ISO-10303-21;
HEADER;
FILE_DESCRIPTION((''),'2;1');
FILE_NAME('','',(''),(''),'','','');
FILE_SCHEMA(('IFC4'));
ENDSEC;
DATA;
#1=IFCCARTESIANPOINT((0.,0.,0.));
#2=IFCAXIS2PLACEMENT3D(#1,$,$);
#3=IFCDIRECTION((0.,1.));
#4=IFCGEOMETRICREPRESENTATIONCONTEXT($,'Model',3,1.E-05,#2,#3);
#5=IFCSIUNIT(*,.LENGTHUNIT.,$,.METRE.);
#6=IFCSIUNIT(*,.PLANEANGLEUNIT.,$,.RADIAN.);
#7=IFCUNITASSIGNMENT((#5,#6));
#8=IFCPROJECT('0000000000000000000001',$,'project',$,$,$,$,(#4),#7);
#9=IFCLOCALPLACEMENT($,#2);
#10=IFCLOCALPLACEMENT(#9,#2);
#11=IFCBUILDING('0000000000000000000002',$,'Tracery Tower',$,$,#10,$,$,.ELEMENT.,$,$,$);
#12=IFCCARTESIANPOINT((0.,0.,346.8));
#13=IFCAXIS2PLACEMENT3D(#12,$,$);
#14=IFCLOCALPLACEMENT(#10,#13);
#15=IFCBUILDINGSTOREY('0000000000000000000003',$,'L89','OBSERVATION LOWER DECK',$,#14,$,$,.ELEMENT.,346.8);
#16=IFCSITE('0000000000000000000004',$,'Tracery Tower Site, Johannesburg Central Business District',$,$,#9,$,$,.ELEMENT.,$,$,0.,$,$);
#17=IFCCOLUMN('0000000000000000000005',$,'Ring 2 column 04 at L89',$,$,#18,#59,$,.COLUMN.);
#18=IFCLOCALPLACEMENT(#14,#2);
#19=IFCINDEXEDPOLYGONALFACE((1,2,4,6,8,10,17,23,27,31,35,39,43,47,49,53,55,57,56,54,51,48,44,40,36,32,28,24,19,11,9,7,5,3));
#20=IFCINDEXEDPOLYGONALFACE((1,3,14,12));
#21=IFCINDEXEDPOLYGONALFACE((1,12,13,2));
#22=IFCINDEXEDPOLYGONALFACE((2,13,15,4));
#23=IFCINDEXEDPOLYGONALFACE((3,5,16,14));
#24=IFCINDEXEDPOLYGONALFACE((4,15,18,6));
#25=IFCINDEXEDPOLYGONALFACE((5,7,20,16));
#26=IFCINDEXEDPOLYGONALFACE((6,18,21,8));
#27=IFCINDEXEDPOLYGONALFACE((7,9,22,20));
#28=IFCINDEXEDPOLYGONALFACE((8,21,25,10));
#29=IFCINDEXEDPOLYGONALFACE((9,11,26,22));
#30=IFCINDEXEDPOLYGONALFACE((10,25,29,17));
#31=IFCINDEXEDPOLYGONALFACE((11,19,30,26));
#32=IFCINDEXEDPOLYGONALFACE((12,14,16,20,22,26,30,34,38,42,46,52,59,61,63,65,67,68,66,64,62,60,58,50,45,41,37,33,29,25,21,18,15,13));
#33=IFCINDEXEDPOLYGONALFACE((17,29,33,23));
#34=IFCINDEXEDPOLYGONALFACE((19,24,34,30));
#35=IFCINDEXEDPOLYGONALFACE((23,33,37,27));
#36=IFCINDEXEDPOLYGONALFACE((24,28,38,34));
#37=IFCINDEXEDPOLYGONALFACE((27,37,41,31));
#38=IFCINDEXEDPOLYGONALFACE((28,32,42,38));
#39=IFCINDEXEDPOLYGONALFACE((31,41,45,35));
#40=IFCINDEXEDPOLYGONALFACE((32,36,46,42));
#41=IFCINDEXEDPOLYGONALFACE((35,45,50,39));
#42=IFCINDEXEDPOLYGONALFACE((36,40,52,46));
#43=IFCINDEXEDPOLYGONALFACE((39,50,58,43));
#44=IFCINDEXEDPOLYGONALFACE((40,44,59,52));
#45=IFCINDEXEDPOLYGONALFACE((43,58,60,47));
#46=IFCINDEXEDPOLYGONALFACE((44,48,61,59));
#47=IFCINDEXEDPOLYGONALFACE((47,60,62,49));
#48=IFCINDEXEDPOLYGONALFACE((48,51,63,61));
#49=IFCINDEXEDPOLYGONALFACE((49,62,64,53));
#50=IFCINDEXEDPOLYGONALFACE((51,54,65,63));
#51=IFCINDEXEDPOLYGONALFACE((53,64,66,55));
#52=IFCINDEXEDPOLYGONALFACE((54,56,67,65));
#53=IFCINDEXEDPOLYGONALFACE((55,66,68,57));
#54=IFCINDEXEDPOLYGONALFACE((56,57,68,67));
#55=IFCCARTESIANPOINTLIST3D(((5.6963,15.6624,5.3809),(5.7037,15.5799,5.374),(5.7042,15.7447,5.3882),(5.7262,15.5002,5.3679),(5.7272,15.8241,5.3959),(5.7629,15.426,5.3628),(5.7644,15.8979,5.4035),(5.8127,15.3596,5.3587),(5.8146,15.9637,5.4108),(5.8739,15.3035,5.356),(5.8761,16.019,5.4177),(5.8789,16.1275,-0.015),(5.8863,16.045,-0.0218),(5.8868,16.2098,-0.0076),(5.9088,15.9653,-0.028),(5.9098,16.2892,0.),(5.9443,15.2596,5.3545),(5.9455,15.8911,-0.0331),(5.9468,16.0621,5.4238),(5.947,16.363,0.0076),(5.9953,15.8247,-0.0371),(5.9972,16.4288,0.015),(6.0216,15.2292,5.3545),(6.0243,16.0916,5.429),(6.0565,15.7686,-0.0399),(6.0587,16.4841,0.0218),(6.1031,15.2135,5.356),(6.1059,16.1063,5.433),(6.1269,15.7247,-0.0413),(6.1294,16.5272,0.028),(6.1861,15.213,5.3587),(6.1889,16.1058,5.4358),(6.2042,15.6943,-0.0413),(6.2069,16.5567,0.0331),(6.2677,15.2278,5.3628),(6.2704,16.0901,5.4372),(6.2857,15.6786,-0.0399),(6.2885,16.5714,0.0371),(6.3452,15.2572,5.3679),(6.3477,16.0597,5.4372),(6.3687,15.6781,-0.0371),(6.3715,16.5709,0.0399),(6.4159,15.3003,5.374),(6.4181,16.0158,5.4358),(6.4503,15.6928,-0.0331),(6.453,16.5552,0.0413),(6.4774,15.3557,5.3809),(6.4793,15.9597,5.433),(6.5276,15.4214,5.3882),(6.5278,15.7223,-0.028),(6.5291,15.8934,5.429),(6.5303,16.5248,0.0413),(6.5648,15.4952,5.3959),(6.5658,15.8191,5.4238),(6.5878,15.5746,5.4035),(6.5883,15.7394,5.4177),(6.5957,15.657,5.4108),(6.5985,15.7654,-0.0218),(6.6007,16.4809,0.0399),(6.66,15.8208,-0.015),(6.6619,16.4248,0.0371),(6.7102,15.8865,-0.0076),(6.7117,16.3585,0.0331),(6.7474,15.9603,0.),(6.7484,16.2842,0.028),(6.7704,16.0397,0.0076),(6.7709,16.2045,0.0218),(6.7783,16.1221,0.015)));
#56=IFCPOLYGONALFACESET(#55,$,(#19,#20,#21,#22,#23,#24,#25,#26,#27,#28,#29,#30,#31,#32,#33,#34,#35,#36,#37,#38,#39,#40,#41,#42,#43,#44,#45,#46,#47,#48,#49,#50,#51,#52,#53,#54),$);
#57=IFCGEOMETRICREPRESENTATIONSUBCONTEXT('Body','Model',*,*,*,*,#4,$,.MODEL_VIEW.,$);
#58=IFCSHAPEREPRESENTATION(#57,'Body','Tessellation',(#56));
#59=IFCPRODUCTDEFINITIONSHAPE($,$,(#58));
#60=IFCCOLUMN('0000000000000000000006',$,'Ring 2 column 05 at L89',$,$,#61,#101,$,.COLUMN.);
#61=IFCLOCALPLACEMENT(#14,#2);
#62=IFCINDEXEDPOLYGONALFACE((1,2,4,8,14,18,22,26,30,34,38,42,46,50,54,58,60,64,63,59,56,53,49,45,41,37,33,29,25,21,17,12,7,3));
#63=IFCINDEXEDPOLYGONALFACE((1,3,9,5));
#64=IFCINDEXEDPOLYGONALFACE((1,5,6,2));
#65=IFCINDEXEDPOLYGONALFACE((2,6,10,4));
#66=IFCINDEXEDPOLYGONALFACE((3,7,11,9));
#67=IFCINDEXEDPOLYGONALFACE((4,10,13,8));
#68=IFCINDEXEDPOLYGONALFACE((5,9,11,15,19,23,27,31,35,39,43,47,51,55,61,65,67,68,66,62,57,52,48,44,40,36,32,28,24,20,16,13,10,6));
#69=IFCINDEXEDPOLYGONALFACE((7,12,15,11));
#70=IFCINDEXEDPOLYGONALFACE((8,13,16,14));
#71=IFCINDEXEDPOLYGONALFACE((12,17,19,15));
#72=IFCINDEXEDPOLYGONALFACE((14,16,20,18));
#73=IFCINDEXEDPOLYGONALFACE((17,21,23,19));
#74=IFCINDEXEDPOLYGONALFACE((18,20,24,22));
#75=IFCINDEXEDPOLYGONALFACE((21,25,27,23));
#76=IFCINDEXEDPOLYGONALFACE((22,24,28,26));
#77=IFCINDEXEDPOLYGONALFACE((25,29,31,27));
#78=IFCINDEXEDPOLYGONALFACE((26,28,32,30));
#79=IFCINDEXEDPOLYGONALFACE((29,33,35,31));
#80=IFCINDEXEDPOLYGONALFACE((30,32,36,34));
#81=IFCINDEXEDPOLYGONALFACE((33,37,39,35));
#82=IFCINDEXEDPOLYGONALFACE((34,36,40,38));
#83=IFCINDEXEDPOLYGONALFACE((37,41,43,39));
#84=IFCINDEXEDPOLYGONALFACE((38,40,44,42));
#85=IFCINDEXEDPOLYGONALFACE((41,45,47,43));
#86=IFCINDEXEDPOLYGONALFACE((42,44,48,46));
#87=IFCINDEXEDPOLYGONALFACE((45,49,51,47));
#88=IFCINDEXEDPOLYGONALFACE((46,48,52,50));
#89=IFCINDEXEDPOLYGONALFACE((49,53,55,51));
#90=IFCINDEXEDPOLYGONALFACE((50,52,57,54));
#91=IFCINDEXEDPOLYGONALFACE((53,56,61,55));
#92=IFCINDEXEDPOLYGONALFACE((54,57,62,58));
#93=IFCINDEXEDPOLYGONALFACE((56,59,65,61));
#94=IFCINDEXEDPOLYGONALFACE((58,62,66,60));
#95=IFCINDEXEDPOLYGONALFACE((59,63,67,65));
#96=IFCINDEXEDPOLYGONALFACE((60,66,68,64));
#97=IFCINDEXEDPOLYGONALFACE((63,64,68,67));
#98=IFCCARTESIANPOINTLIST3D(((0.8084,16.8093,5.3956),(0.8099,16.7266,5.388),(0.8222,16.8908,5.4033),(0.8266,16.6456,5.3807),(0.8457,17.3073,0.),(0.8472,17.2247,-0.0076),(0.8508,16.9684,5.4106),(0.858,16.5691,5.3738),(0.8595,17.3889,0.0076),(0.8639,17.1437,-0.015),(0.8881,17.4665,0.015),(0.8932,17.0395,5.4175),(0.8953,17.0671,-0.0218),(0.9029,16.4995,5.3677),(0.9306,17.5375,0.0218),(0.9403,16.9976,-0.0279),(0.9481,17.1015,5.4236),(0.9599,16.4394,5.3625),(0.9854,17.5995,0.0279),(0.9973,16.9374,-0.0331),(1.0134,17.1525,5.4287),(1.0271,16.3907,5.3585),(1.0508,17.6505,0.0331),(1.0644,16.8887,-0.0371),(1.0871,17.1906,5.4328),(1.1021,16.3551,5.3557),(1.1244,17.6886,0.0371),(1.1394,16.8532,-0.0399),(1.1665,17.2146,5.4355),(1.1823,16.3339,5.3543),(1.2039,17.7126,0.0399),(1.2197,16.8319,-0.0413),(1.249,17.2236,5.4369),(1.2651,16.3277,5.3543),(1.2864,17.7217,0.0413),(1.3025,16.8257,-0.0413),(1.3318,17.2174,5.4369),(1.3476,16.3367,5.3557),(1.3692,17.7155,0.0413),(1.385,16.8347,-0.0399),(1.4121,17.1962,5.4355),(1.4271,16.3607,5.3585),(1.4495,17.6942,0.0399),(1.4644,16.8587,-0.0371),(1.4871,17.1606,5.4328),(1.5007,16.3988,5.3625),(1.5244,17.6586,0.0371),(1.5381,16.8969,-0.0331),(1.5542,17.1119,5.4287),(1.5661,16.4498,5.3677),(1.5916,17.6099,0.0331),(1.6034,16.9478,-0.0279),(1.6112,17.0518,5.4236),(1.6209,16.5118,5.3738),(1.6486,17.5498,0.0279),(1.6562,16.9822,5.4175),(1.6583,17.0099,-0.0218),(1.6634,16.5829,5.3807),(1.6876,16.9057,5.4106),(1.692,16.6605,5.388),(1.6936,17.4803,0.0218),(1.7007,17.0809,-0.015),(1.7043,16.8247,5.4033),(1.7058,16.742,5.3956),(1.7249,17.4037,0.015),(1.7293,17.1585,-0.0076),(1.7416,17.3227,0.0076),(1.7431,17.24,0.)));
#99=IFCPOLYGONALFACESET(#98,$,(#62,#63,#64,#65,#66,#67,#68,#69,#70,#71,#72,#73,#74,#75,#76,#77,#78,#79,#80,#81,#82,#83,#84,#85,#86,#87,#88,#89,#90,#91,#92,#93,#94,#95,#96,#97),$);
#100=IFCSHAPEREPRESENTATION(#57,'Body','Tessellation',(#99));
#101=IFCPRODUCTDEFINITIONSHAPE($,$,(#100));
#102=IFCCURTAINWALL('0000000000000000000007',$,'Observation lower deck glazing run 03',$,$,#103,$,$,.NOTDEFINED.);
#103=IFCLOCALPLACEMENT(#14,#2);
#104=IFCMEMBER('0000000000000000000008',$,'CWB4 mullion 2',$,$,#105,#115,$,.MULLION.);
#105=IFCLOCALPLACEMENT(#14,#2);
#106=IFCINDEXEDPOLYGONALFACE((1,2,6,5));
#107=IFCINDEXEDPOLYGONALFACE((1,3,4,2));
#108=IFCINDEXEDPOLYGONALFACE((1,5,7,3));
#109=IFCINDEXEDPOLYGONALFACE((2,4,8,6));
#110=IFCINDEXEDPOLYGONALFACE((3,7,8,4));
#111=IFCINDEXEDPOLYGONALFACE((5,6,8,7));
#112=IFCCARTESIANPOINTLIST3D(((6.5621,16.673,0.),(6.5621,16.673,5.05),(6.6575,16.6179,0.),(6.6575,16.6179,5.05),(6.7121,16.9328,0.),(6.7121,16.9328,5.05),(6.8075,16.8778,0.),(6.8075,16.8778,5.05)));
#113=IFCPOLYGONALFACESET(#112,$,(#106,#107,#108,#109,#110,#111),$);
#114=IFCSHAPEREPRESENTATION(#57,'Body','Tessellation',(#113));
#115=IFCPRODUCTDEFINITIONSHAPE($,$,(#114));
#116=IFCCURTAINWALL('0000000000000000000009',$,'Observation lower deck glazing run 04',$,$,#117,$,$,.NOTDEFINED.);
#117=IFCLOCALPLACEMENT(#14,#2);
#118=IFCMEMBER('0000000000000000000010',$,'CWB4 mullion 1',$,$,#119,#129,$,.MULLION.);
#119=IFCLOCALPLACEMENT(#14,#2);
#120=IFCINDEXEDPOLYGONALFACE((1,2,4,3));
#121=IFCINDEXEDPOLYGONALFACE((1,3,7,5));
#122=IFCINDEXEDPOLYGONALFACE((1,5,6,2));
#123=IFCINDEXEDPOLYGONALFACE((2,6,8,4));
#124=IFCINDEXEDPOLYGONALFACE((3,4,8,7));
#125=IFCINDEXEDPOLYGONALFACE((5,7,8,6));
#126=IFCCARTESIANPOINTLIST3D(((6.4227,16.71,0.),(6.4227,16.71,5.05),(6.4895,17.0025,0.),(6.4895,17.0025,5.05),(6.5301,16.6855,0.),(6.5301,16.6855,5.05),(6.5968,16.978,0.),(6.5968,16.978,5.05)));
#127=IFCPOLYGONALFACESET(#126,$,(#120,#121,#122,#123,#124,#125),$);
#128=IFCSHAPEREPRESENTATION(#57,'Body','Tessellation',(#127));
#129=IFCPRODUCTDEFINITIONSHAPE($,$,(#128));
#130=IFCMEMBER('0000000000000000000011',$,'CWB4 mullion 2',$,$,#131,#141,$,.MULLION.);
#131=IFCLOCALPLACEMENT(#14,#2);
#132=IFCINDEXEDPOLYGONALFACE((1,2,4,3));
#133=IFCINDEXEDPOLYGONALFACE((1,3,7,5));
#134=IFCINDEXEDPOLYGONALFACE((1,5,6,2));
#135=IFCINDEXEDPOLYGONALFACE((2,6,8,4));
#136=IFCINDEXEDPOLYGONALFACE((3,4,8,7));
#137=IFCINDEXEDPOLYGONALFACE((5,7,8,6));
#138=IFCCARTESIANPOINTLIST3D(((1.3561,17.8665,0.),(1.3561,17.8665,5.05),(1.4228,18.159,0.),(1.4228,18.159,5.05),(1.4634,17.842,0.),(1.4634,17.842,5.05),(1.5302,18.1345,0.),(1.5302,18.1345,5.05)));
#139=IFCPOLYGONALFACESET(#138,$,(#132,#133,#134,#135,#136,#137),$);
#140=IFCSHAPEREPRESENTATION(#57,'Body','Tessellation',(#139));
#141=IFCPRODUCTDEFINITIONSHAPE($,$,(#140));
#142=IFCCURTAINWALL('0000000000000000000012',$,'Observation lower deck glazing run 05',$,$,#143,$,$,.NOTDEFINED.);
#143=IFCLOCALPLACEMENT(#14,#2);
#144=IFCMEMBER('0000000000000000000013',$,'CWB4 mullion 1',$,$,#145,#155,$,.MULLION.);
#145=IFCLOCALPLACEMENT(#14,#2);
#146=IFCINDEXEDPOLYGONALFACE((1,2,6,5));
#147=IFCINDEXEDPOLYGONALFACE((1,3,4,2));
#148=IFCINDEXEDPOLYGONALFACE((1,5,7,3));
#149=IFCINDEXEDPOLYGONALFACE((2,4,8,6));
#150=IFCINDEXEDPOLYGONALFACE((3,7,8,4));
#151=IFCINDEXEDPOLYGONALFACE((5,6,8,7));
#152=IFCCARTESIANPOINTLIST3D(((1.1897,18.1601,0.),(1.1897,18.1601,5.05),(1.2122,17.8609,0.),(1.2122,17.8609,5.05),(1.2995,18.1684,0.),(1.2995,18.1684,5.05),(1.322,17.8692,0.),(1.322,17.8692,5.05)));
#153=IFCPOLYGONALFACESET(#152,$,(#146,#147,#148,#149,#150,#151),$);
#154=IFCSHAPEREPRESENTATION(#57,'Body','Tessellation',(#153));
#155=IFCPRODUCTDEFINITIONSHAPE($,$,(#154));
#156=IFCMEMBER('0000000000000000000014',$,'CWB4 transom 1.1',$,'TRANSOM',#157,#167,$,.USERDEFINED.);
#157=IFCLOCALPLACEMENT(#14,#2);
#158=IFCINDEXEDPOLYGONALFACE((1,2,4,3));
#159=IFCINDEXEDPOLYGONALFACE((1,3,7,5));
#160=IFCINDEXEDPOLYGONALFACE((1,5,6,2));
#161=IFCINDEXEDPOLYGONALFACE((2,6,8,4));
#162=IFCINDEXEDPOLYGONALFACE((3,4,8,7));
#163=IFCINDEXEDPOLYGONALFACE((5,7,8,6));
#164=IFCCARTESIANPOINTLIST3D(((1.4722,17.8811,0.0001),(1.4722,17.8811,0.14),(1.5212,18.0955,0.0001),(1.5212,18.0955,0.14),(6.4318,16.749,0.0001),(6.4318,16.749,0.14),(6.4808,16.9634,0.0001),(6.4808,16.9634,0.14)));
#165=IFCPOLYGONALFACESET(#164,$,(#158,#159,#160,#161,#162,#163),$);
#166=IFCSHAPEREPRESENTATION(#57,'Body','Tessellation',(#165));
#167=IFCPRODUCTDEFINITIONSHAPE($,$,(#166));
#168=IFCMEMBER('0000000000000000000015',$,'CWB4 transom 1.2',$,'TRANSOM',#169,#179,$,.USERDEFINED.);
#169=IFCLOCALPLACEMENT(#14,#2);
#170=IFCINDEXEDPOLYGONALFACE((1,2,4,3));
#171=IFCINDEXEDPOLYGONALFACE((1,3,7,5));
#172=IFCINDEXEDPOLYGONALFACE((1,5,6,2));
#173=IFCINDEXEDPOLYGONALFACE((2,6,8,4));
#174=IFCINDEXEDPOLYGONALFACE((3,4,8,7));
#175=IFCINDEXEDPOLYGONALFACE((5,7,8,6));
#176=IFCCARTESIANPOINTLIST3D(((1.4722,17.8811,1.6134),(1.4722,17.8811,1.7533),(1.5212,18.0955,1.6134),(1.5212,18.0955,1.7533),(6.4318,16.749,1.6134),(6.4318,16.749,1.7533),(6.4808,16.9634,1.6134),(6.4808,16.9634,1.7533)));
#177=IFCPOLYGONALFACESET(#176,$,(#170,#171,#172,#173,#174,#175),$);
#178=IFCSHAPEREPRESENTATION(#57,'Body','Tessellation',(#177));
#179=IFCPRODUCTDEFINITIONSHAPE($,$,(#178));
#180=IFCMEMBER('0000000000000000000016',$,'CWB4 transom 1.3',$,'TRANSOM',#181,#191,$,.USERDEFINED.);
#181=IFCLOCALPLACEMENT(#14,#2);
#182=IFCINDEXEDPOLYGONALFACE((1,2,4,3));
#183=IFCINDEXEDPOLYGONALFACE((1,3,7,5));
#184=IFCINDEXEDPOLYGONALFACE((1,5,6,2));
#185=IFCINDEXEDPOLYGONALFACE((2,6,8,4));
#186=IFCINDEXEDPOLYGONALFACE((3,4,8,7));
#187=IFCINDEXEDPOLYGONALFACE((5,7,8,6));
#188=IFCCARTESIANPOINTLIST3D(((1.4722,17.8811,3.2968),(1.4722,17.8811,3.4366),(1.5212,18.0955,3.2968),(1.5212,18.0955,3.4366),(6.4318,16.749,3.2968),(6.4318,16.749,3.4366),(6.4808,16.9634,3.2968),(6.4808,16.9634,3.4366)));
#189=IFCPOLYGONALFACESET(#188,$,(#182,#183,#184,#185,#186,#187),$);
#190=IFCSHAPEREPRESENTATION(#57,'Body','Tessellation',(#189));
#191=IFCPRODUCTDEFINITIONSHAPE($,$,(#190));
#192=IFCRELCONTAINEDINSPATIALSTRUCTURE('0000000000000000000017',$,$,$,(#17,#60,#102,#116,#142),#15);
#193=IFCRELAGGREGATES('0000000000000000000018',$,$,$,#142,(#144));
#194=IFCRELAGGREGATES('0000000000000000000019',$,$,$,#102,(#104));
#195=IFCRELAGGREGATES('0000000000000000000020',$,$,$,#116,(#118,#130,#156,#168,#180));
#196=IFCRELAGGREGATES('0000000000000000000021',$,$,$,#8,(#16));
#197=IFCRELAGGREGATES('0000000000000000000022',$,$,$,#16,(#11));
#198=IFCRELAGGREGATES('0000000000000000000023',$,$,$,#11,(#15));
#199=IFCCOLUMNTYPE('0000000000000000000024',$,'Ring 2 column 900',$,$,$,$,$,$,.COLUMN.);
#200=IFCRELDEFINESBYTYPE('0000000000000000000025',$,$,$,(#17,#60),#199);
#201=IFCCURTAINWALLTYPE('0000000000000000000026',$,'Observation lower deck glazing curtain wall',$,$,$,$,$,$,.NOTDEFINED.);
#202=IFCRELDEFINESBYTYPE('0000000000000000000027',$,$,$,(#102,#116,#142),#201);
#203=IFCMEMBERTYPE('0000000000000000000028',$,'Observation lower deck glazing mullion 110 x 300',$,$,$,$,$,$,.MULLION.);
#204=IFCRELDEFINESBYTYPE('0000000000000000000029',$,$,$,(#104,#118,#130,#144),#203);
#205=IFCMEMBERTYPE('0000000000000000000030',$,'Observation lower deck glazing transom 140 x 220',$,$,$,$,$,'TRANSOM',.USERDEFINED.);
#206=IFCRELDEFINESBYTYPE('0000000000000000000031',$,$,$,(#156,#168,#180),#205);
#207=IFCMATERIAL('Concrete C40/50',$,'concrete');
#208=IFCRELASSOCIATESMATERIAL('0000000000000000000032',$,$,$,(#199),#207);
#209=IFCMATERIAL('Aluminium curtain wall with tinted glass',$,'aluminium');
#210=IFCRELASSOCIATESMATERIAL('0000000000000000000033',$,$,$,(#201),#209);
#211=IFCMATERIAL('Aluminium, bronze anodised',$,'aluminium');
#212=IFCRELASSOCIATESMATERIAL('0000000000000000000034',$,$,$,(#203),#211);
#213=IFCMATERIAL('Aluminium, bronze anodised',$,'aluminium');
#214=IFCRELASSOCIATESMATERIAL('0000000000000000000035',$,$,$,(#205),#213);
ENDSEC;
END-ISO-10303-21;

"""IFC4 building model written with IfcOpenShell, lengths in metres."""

from ifc_helpers import new_model, si_unit, direction, frame, origin, origin_2d, place, context, subcontext, project, spatial, rectangle, circle, extrude, material, material_profile, profile_set, type_object, element, aggregate, save


model = new_model("IFC4")

# Units and contexts
model_context = context("Model", 3, precision=1e-05, world=origin(), true_north=direction((0.0, 1.0)))
body_context = subcontext(model_context, "Body", "Model", "MODEL_VIEW")
ifc_project = project(units=[si_unit("LENGTHUNIT", "METRE"), si_unit("PLANEANGLEUNIT", "RADIAN")], contexts=[model_context])

# Site, building, storey
site_placement = place(None, origin())
site = spatial("IfcSite", under=ifc_project, at=site_placement, Name="Tracery Tower Site, Johannesburg Central Business District", CompositionType="ELEMENT", RefElevation=0.0)
building_placement = place(site_placement, origin())
building = spatial("IfcBuilding", under=site, at=building_placement, Name="Tracery Tower", CompositionType="ELEMENT")
storey_placement = place(building_placement, frame((0.0, 0.0, 346.8)))
storey = spatial("IfcBuildingStorey", under=building, at=storey_placement, Name="L89", Description="OBSERVATION LOWER DECK", CompositionType="ELEMENT", Elevation=346.8)

# Columns
ifc_material_1 = material(Name="Concrete C40/50", Category="concrete")
ifc_material_profile_1 = material_profile(ifc_material_1, circle(Radius=0.45, at=origin_2d()), Name="RC D900")
ifc_profile_set_1 = profile_set([ifc_material_profile_1], Name="Concrete C40/50")
column_type = type_object("IfcColumnType", Name="Ring 2 column 900", PredefinedType="COLUMN", material=ifc_profile_set_1)
column_1_placement = place(storey_placement, frame((6.3286, 16.1248, 0.0), z_axis=(-0.0337, -0.085828, 0.99574), x_axis=(0.930817, -0.365486, 0.0)))
element("IfcColumn", 1, at=column_1_placement, inside=storey, type_object=column_type, Name="Ring 2 column 04 at L89", PredefinedType="COLUMN", context=body_context, shape_type="SweptSolid", body=[
    extrude(circle(Radius=0.45, at=origin_2d()), origin(), (0.0, 0.0, 1.0), 5.4189),
])
column_2_placement = place(storey_placement, frame((1.2944, 17.2737, 0.0), z_axis=(-0.006893, -0.091911, 0.995743), x_axis=(0.997199, -0.07479, 0.0)))
element("IfcColumn", 2, at=column_2_placement, inside=storey, type_object=column_type, Name="Ring 2 column 05 at L89", PredefinedType="COLUMN", context=body_context, shape_type="SweptSolid", body=[
    extrude(circle(Radius=0.45, at=origin_2d()), origin(), (0.0, 0.0, 1.0), 5.4187),
])

# Curtain wall, member
ifc_material_2 = material(Name="Aluminium curtain wall with tinted glass", Category="aluminium")
curtain_wall_type = type_object("IfcCurtainWallType", Name="Observation lower deck glazing curtain wall", PredefinedType="NOTDEFINED", material=ifc_material_2)
curtain_wall_1_placement = place(storey_placement, origin())
curtain_wall_1 = element("IfcCurtainWall", 3, at=curtain_wall_1_placement, inside=storey, type_object=curtain_wall_type, Name="Observation lower deck glazing run 03", PredefinedType="NOTDEFINED")
ifc_material_3 = material(Name="Aluminium, bronze anodised", Category="aluminium")
ifc_material_profile_2 = material_profile(ifc_material_3, rectangle(XDim=0.3, YDim=0.1101, at=origin_2d()), Name="Observation lower deck glazing mullion 110 x 300")
ifc_profile_set_2 = profile_set([ifc_material_profile_2], Name="Aluminium, bronze anodised")
member_type_1 = type_object("IfcMemberType", Name="Observation lower deck glazing mullion 110 x 300", PredefinedType="MULLION", material=ifc_profile_set_2)
member_1_placement = place(storey_placement, frame((6.6848, 16.7754, 0.0), z_axis=(0.0, 0.0, 1.0), x_axis=(-0.5, -0.866026, 0.0)))
member_1 = element("IfcMember", 4, at=member_1_placement, type_object=member_type_1, Name="CWB4 mullion 2", PredefinedType="MULLION", context=body_context, shape_type="SweptSolid", body=[
    extrude(rectangle(XDim=0.3, YDim=0.1101, at=origin_2d()), origin(), (0.0, 0.0, 1.0), 5.05),
])

# Curtain wall, members
curtain_wall_2_placement = place(storey_placement, origin())
curtain_wall_2 = element("IfcCurtainWall", 5, at=curtain_wall_2_placement, inside=storey, type_object=curtain_wall_type, Name="Observation lower deck glazing run 04", PredefinedType="NOTDEFINED")
member_2_placement = place(storey_placement, frame((6.5098, 16.844, 0.0), z_axis=(0.0, 0.0, 1.0), x_axis=(-0.222533, -0.974925, 0.0)))
member_2 = element("IfcMember", 6, at=member_2_placement, type_object=member_type_1, Name="CWB4 mullion 1", PredefinedType="MULLION", context=body_context, shape_type="SweptSolid", body=[
    extrude(rectangle(XDim=0.3, YDim=0.1101, at=origin_2d()), origin(), (0.0, 0.0, 1.0), 5.05),
])
member_3_placement = place(storey_placement, frame((1.4431, 18.0005, 0.0), z_axis=(0.0, 0.0, 1.0), x_axis=(-0.222533, -0.974925, 0.0)))
member_3 = element("IfcMember", 7, at=member_3_placement, type_object=member_type_1, Name="CWB4 mullion 2", PredefinedType="MULLION", context=body_context, shape_type="SweptSolid", body=[
    extrude(rectangle(XDim=0.3, YDim=0.1101, at=origin_2d()), origin(), (0.0, 0.0, 1.0), 5.05),
])

# Curtain wall, member
curtain_wall_3_placement = place(storey_placement, origin())
curtain_wall_3 = element("IfcCurtainWall", 8, at=curtain_wall_3_placement, inside=storey, type_object=curtain_wall_type, Name="Observation lower deck glazing run 05", PredefinedType="NOTDEFINED")
member_4_placement = place(storey_placement, frame((1.2559, 18.0146, 0.0), z_axis=(0.0, 0.0, 1.0), x_axis=(0.074731, -0.997204, 0.0)))
member_4 = element("IfcMember", 9, at=member_4_placement, type_object=member_type_1, Name="CWB4 mullion 1", PredefinedType="MULLION", context=body_context, shape_type="SweptSolid", body=[
    extrude(rectangle(XDim=0.3, YDim=0.1101, at=origin_2d()), origin(), (0.0, 0.0, 1.0), 5.05),
])

# Members
ifc_material_4 = material(Name="Aluminium, bronze anodised", Category="aluminium")
ifc_material_profile_3 = material_profile(ifc_material_4, rectangle(XDim=0.22, YDim=0.1399, at=origin_2d()), Name="Observation lower deck glazing transom 140 x 220")
ifc_profile_set_3 = profile_set([ifc_material_profile_3], Name="Aluminium, bronze anodised")
member_type_2 = type_object("IfcMemberType", Name="Observation lower deck glazing transom 140 x 220", ElementType="TRANSOM", PredefinedType="USERDEFINED", material=ifc_profile_set_3)
member_5_placement = place(storey_placement, frame((6.4563, 16.8562, 0.0701), z_axis=(-0.974923, 0.222542, 0.0), x_axis=(-0.222542, -0.974923, 0.0)))
member_5 = element("IfcMember", 10, at=member_5_placement, type_object=member_type_2, Name="CWB4 transom 1.1", ObjectType="TRANSOM", PredefinedType="USERDEFINED", context=body_context, shape_type="SweptSolid", body=[
    extrude(rectangle(XDim=0.22, YDim=0.1399, at=origin_2d()), origin(), (0.0, 0.0, 1.0), 5.0872),
])
member_6_placement = place(storey_placement, frame((6.4563, 16.8562, 1.6833), z_axis=(-0.974923, 0.222542, 0.0), x_axis=(-0.222542, -0.974923, 0.0)))
member_6 = element("IfcMember", 11, at=member_6_placement, type_object=member_type_2, Name="CWB4 transom 1.2", ObjectType="TRANSOM", PredefinedType="USERDEFINED", context=body_context, shape_type="SweptSolid", body=[
    extrude(rectangle(XDim=0.22, YDim=0.1399, at=origin_2d()), origin(), (0.0, 0.0, 1.0), 5.0872),
])
member_7_placement = place(storey_placement, frame((6.4563, 16.8562, 3.3667), z_axis=(-0.974923, 0.222542, 0.0), x_axis=(-0.222542, -0.974923, 0.0)))
member_7 = element("IfcMember", 12, at=member_7_placement, type_object=member_type_2, Name="CWB4 transom 1.3", ObjectType="TRANSOM", PredefinedType="USERDEFINED", context=body_context, shape_type="SweptSolid", body=[
    extrude(rectangle(XDim=0.22, YDim=0.1399, at=origin_2d()), origin(), (0.0, 0.0, 1.0), 5.0872),
])
aggregate(curtain_wall_3, [member_4])

aggregate(curtain_wall_1, [member_1])
aggregate(curtain_wall_2, [member_2, member_3, member_5, member_6, member_7])

save(model, "model.ifc")
